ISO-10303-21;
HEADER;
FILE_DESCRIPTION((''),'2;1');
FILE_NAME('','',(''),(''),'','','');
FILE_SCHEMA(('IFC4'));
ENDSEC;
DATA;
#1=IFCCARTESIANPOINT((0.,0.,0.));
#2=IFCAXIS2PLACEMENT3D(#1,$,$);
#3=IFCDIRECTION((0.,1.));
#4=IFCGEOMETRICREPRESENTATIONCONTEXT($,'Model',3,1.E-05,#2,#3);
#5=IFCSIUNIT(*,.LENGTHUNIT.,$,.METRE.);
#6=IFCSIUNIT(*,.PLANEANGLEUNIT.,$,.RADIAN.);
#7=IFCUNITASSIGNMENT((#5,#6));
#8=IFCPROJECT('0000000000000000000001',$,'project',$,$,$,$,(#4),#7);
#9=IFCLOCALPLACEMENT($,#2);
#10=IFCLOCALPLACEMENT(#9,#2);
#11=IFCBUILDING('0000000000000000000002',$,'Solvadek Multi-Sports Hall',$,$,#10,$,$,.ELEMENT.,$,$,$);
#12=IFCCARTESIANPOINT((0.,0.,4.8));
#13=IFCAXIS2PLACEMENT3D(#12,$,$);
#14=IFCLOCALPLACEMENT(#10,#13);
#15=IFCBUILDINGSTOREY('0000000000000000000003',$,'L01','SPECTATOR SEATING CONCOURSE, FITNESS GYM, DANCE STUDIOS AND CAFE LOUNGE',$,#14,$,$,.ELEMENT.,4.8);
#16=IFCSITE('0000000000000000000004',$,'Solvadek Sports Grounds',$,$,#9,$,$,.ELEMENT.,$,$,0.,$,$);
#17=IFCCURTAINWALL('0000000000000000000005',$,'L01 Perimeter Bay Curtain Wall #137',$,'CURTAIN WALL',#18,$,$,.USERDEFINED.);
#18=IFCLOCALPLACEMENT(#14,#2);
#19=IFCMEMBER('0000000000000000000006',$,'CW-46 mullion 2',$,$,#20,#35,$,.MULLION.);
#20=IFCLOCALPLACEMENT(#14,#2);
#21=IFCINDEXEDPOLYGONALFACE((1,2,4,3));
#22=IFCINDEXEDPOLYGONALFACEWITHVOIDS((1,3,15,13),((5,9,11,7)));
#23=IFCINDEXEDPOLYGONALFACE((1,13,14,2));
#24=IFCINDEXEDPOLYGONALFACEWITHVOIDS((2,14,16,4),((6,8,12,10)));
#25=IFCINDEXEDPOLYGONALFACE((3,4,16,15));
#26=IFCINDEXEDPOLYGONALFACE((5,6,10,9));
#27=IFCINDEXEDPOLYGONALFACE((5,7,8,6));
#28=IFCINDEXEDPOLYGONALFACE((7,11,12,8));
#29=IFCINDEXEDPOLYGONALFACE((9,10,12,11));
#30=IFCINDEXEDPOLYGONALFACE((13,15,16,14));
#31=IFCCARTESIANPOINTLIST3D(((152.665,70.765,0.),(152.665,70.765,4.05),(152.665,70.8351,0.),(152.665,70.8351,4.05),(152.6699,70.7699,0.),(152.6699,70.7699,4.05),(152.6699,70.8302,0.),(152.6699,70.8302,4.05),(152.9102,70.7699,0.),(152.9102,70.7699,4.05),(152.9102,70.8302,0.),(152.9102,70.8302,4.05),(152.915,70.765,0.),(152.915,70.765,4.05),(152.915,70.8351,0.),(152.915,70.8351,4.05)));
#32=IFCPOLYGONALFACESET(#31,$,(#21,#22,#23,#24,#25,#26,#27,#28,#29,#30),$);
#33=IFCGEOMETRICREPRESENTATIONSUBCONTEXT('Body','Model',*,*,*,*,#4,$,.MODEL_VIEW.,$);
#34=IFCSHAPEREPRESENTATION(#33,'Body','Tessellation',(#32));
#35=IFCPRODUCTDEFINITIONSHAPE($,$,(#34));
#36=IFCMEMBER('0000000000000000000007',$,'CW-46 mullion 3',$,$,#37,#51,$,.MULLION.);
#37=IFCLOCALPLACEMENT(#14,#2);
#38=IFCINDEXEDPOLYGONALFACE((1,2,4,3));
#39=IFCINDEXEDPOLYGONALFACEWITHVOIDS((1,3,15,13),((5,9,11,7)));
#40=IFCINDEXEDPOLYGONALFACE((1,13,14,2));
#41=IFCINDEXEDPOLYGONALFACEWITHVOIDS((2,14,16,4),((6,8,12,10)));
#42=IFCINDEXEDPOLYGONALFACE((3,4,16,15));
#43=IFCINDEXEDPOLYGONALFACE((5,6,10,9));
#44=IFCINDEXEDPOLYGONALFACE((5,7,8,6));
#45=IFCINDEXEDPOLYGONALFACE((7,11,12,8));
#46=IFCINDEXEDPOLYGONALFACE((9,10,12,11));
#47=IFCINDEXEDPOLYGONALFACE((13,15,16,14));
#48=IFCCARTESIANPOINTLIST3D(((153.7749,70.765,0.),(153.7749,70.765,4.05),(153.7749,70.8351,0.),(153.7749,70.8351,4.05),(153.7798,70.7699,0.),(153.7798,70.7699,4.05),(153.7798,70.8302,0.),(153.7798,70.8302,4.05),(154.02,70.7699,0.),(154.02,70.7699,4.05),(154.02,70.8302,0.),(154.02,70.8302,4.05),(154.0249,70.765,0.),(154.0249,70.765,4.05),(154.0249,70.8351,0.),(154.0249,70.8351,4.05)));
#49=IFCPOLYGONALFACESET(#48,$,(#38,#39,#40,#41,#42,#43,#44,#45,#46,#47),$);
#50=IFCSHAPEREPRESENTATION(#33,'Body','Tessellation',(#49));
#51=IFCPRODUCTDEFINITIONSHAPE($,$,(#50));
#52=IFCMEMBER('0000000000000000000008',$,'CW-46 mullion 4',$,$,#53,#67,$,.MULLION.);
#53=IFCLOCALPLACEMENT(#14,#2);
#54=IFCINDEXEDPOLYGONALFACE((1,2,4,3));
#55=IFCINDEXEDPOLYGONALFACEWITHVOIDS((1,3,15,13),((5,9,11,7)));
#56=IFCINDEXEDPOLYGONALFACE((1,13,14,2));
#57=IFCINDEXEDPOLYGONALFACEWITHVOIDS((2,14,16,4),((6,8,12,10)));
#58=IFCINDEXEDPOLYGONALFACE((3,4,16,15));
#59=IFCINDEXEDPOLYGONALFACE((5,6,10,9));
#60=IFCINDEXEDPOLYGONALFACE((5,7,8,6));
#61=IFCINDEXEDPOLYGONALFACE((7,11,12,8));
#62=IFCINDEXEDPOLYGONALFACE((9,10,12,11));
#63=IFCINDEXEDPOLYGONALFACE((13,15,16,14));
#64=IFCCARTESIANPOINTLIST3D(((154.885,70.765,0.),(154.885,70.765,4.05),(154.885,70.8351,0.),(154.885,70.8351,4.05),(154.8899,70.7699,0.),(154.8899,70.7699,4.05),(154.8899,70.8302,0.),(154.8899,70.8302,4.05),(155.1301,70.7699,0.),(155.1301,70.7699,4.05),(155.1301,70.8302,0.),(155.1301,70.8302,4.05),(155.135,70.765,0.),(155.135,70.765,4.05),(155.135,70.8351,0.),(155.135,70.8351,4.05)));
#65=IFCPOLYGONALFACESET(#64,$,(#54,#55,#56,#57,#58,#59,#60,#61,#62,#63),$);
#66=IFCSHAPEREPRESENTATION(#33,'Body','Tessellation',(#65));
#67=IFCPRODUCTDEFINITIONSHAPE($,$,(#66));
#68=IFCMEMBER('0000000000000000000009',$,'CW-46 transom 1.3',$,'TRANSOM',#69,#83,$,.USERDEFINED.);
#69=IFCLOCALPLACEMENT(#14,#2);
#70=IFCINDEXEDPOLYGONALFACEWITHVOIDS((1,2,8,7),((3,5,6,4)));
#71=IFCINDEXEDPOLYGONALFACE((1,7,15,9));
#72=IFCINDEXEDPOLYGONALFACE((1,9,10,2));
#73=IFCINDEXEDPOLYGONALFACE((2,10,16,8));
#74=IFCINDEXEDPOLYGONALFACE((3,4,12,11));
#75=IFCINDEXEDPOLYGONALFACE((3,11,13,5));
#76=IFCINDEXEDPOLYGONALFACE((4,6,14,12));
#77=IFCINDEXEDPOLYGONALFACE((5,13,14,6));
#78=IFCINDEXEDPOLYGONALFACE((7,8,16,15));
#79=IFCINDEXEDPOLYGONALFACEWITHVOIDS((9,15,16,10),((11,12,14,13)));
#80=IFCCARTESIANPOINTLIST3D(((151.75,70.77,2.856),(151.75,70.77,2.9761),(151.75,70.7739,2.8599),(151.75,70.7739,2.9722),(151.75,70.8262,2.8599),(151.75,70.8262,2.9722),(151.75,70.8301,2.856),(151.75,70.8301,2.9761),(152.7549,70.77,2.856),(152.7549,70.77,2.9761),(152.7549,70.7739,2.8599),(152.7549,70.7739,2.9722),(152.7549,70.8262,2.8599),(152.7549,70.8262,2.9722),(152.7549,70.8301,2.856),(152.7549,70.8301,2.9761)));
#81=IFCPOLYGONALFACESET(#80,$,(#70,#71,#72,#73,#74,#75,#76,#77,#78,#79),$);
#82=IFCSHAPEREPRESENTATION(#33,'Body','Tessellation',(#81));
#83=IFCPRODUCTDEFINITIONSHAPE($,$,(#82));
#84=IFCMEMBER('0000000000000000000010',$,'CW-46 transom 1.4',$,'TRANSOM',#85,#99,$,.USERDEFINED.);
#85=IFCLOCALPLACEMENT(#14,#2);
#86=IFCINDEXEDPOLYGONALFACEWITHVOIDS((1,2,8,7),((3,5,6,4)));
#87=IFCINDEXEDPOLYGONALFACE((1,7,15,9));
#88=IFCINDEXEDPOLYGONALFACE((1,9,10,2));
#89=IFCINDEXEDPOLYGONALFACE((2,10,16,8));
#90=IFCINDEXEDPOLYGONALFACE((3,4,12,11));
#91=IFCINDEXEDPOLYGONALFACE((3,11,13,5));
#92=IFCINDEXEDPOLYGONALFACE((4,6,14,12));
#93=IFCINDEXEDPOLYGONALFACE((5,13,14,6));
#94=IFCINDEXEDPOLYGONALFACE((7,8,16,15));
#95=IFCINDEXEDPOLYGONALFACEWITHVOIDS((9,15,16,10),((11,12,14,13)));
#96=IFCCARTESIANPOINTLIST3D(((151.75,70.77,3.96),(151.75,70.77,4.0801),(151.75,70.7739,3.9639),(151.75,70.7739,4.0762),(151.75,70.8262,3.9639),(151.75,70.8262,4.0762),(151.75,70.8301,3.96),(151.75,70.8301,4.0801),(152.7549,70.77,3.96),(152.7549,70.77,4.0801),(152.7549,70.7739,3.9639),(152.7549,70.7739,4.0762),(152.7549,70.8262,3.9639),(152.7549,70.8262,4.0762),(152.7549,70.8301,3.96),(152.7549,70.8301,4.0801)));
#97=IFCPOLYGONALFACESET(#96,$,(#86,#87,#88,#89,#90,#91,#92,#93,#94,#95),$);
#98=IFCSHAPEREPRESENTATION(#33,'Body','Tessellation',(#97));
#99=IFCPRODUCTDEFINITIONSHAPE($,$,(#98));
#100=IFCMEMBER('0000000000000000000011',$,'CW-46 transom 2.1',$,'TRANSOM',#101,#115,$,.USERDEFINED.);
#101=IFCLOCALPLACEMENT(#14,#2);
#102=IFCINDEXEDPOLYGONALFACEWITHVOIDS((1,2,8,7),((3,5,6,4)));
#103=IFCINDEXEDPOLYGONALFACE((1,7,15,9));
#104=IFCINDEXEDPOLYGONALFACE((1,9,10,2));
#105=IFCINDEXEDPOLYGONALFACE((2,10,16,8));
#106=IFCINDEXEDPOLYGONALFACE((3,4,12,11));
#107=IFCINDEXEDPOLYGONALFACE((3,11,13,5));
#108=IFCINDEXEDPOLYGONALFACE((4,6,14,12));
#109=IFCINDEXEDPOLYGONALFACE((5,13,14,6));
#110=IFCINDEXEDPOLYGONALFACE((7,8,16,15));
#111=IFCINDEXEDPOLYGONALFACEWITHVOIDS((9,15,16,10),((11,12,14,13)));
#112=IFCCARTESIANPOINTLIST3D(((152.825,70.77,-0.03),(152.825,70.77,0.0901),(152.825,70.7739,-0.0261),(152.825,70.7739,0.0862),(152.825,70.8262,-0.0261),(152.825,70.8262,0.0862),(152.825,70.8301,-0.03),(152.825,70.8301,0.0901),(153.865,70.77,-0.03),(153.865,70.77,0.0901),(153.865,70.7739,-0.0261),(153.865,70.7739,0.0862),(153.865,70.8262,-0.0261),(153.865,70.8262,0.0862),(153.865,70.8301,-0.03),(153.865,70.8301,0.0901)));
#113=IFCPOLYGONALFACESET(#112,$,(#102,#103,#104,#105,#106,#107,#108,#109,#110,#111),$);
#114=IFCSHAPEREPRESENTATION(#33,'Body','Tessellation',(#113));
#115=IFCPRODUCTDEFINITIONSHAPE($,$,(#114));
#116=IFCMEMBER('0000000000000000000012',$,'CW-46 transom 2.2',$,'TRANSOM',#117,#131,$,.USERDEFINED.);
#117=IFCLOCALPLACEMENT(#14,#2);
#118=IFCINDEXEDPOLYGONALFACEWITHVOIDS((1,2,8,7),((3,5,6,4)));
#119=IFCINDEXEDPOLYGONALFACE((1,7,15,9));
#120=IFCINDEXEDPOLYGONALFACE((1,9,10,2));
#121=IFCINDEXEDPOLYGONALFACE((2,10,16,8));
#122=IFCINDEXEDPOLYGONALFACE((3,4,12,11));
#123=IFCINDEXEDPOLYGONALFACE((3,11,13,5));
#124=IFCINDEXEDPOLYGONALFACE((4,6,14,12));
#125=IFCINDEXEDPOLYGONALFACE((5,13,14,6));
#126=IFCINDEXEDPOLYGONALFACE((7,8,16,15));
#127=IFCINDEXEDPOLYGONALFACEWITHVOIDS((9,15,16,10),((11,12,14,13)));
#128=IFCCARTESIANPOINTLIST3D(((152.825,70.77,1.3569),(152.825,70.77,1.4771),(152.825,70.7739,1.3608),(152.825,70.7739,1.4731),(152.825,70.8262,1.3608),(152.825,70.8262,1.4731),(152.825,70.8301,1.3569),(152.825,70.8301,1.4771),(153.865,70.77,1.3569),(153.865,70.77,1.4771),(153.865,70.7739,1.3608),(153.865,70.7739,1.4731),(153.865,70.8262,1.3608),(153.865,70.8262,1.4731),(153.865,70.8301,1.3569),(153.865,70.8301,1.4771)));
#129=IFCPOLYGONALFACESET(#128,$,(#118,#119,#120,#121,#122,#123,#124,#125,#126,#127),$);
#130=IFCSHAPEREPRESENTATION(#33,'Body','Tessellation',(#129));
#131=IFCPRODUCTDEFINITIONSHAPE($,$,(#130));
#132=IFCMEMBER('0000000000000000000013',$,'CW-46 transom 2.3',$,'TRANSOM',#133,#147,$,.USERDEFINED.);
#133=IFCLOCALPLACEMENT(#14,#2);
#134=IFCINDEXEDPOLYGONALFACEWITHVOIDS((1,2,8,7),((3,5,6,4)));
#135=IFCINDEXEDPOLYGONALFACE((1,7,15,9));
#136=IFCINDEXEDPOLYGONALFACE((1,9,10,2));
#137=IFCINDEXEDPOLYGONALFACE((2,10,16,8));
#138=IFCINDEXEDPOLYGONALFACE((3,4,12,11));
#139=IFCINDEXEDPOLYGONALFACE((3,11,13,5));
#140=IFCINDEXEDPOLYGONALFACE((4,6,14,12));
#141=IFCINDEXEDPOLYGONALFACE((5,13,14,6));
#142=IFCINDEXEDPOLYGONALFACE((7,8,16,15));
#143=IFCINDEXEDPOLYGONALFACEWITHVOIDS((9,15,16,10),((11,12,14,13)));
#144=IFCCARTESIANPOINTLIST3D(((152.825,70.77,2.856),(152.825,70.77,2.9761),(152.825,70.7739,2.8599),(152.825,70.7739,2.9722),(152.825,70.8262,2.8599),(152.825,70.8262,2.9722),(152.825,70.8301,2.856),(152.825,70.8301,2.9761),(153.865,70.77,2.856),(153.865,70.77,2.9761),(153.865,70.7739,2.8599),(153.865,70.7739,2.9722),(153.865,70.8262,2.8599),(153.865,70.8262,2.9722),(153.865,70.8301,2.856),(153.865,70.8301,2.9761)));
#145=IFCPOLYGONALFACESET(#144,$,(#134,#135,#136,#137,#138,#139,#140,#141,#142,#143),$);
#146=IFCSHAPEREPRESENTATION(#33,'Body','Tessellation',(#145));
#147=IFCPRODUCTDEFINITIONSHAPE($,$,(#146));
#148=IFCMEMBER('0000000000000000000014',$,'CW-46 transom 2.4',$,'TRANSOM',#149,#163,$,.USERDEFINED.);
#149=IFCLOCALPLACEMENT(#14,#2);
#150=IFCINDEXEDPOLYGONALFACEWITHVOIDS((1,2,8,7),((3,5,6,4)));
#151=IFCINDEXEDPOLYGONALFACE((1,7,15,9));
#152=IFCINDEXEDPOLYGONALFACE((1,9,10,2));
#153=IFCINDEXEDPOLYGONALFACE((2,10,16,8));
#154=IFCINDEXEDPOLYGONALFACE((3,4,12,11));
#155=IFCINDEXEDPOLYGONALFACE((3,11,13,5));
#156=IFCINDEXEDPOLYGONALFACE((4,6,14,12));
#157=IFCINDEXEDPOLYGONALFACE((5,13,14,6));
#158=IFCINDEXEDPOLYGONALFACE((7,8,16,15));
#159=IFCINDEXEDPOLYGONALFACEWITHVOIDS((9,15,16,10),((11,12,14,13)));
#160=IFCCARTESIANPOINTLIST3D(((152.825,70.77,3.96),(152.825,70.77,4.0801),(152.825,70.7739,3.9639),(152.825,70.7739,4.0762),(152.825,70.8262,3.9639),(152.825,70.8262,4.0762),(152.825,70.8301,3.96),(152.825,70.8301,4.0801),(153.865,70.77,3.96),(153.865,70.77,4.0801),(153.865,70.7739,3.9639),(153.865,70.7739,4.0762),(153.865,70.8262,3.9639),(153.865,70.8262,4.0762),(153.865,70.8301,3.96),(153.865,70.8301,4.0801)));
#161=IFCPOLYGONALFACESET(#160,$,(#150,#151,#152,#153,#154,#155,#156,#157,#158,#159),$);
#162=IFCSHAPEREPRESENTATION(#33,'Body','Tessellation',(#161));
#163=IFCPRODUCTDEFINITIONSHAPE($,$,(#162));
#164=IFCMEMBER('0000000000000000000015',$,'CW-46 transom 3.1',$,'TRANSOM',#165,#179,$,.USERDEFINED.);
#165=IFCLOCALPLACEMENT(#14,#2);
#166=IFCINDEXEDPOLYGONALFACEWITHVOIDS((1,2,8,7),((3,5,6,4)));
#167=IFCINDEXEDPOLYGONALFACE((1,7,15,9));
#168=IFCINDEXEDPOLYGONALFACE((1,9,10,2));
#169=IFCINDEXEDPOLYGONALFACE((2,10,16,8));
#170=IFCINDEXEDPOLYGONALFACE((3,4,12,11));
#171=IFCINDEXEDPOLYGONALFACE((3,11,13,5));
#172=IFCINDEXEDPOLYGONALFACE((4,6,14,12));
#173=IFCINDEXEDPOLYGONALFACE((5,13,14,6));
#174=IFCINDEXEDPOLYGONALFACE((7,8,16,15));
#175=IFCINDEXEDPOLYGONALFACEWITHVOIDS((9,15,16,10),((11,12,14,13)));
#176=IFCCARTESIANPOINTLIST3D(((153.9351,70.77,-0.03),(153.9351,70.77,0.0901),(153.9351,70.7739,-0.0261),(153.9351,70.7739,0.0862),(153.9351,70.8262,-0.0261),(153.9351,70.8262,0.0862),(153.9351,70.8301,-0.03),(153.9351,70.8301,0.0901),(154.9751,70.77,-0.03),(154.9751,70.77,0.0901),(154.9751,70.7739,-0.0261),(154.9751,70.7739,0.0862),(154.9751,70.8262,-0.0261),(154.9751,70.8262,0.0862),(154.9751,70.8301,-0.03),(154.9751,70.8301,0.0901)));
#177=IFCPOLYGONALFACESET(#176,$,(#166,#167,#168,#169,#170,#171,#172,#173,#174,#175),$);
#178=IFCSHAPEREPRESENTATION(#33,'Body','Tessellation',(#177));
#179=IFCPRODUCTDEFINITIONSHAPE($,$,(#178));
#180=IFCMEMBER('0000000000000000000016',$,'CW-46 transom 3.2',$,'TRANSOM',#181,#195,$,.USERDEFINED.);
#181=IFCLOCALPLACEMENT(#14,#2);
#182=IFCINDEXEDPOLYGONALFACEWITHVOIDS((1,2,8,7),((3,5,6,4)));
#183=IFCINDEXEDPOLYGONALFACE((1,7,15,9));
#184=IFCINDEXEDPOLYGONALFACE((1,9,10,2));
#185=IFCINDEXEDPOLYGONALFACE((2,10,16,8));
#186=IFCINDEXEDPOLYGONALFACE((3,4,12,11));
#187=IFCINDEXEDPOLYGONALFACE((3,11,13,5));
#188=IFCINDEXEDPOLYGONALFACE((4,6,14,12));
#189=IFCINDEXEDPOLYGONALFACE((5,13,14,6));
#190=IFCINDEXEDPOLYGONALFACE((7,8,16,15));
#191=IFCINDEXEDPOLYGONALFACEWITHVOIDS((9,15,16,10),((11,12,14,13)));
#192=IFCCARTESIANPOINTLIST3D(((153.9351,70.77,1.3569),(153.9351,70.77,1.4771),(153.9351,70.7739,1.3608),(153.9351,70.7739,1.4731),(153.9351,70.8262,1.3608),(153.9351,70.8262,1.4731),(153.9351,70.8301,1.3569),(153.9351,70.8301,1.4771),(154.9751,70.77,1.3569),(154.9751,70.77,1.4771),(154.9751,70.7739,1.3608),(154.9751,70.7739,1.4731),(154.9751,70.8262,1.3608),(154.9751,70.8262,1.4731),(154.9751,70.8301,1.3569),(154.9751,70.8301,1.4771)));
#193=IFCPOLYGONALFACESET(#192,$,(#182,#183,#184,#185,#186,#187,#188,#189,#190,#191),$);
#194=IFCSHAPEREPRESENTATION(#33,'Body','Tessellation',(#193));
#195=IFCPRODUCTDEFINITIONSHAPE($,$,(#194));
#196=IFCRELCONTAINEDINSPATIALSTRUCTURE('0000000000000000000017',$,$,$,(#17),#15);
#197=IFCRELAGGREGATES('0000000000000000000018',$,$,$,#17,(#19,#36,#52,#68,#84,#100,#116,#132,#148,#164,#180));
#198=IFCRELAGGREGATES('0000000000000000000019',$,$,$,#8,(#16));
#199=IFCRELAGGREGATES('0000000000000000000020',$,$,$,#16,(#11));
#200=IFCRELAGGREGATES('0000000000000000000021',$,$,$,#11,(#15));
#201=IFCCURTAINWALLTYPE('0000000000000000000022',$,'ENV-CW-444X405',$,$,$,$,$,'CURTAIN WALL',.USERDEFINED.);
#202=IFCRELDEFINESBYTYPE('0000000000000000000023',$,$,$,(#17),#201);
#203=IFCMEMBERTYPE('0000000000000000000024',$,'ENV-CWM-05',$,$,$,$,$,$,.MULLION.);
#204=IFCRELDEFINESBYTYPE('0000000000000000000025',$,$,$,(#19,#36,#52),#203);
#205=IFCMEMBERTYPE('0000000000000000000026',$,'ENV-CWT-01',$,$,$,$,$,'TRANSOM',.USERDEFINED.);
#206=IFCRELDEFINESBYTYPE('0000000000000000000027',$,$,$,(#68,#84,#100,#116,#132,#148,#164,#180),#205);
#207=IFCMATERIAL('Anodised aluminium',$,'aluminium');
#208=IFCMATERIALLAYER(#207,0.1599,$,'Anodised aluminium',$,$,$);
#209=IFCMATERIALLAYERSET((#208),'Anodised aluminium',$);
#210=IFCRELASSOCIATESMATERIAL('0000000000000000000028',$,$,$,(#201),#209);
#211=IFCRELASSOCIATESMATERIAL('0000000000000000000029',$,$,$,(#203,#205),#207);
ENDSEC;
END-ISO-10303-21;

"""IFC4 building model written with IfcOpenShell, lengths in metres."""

from ifc_helpers import new_model, si_unit, direction, frame, origin, origin_2d, place, context, subcontext, project, spatial, hollow_rectangle, extrude, material, layer, layer_set, material_profile, profile_set, type_object, element, aggregate, save


model = new_model("IFC4")

# Units and contexts
model_context = context("Model", 3, precision=1e-05, world=origin(), true_north=direction((0.0, 1.0)))
body_context = subcontext(model_context, "Body", "Model", "MODEL_VIEW")
ifc_project = project(units=[si_unit("LENGTHUNIT", "METRE"), si_unit("PLANEANGLEUNIT", "RADIAN")], contexts=[model_context])

# Site, building, storey
site_placement = place(None, origin())
site = spatial("IfcSite", under=ifc_project, at=site_placement, Name="Solvadek Sports Grounds", CompositionType="ELEMENT", RefElevation=0.0)
building_placement = place(site_placement, origin())
building = spatial("IfcBuilding", under=site, at=building_placement, Name="Solvadek Multi-Sports Hall", CompositionType="ELEMENT")
storey_placement = place(building_placement, frame((0.0, 0.0, 4.8)))
storey = spatial("IfcBuildingStorey", under=building, at=storey_placement, Name="L01", Description="SPECTATOR SEATING CONCOURSE, FITNESS GYM, DANCE STUDIOS AND CAFE LOUNGE", CompositionType="ELEMENT", Elevation=4.8)

# Curtain wall, members
ifc_material_1 = material(Name="Anodised aluminium", Category="aluminium")
ifc_layer_1 = layer(ifc_material_1, 0.1599, Name="Anodised aluminium")
ifc_layer_set_1 = layer_set([ifc_layer_1], Name="Anodised aluminium")
curtain_wall_type = type_object("IfcCurtainWallType", Name="ENV-CW-444X405", ElementType="CURTAIN WALL", PredefinedType="USERDEFINED", material=ifc_layer_set_1)
curtain_wall_placement = place(storey_placement, origin())
curtain_wall = element("IfcCurtainWall", 1, at=curtain_wall_placement, inside=storey, type_object=curtain_wall_type, Name="L01 Perimeter Bay Curtain Wall #137", ObjectType="CURTAIN WALL", PredefinedType="USERDEFINED")
ifc_material_profile_1 = material_profile(ifc_material_1, hollow_rectangle(XDim=0.0701, YDim=0.25, WallThickness=0.0049, at=origin_2d()), Name="ALU-M 250x70x5")
ifc_profile_set_1 = profile_set([ifc_material_profile_1], Name="Anodised aluminium")
member_type_1 = type_object("IfcMemberType", Name="ENV-CWM-05", PredefinedType="MULLION", material=ifc_profile_set_1)
member_1_placement = place(storey_placement, frame((152.79, 70.8, 0.0), z_axis=(0.0, 0.0, 1.0), x_axis=(0.0, 1.0, 0.0)))
member_1 = element("IfcMember", 2, at=member_1_placement, type_object=member_type_1, Name="CW-46 mullion 2", PredefinedType="MULLION", context=body_context, shape_type="SweptSolid", body=[
    extrude(hollow_rectangle(XDim=0.0701, YDim=0.25, WallThickness=0.0049, at=origin_2d()), origin(), (0.0, 0.0, 1.0), 4.05),
])
member_2_placement = place(storey_placement, frame((153.8999, 70.8, 0.0), z_axis=(0.0, 0.0, 1.0), x_axis=(0.0, 1.0, 0.0)))
member_2 = element("IfcMember", 3, at=member_2_placement, type_object=member_type_1, Name="CW-46 mullion 3", PredefinedType="MULLION", context=body_context, shape_type="SweptSolid", body=[
    extrude(hollow_rectangle(XDim=0.0701, YDim=0.25, WallThickness=0.0049, at=origin_2d()), origin(), (0.0, 0.0, 1.0), 4.05),
])
member_3_placement = place(storey_placement, frame((155.01, 70.8, 0.0), z_axis=(0.0, 0.0, 1.0), x_axis=(0.0, 1.0, 0.0)))
member_3 = element("IfcMember", 4, at=member_3_placement, type_object=member_type_1, Name="CW-46 mullion 4", PredefinedType="MULLION", context=body_context, shape_type="SweptSolid", body=[
    extrude(hollow_rectangle(XDim=0.0701, YDim=0.25, WallThickness=0.0049, at=origin_2d()), origin(), (0.0, 0.0, 1.0), 4.05),
])
ifc_material_profile_2 = material_profile(ifc_material_1, hollow_rectangle(XDim=0.0601, YDim=0.1201, WallThickness=0.0039, at=origin_2d()), Name="ALU-T 120x60x4")
ifc_profile_set_2 = profile_set([ifc_material_profile_2], Name="Anodised aluminium")
member_type_2 = type_object("IfcMemberType", Name="ENV-CWT-01", ElementType="TRANSOM", PredefinedType="USERDEFINED", material=ifc_profile_set_2)
member_4_placement = place(storey_placement, frame((151.75, 70.8, 2.916), z_axis=(1.0, 0.0, 0.0), x_axis=(0.0, 1.0, 0.0)))
member_4 = element("IfcMember", 5, at=member_4_placement, type_object=member_type_2, Name="CW-46 transom 1.3", ObjectType="TRANSOM", PredefinedType="USERDEFINED", context=body_context, shape_type="SweptSolid", body=[
    extrude(hollow_rectangle(XDim=0.0601, YDim=0.1201, WallThickness=0.0039, at=origin_2d()), origin(), (0.0, 0.0, 1.0), 1.0049),
])
member_5_placement = place(storey_placement, frame((151.75, 70.8, 4.02), z_axis=(1.0, 0.0, 0.0), x_axis=(0.0, 1.0, 0.0)))
member_5 = element("IfcMember", 6, at=member_5_placement, type_object=member_type_2, Name="CW-46 transom 1.4", ObjectType="TRANSOM", PredefinedType="USERDEFINED", context=body_context, shape_type="SweptSolid", body=[
    extrude(hollow_rectangle(XDim=0.0601, YDim=0.1201, WallThickness=0.0039, at=origin_2d()), origin(), (0.0, 0.0, 1.0), 1.0049),
])
member_6_placement = place(storey_placement, frame((152.825, 70.8, 0.03), z_axis=(1.0, 0.0, 0.0), x_axis=(0.0, 1.0, 0.0)))
member_6 = element("IfcMember", 7, at=member_6_placement, type_object=member_type_2, Name="CW-46 transom 2.1", ObjectType="TRANSOM", PredefinedType="USERDEFINED", context=body_context, shape_type="SweptSolid", body=[
    extrude(hollow_rectangle(XDim=0.0601, YDim=0.1201, WallThickness=0.0039, at=origin_2d()), origin(), (0.0, 0.0, 1.0), 1.04),
])
member_7_placement = place(storey_placement, frame((152.825, 70.8, 1.417), z_axis=(1.0, 0.0, 0.0), x_axis=(0.0, 1.0, 0.0)))
member_7 = element("IfcMember", 8, at=member_7_placement, type_object=member_type_2, Name="CW-46 transom 2.2", ObjectType="TRANSOM", PredefinedType="USERDEFINED", context=body_context, shape_type="SweptSolid", body=[
    extrude(hollow_rectangle(XDim=0.0601, YDim=0.1201, WallThickness=0.0039, at=origin_2d()), origin(), (0.0, 0.0, 1.0), 1.04),
])
member_8_placement = place(storey_placement, frame((152.825, 70.8, 2.916), z_axis=(1.0, 0.0, 0.0), x_axis=(0.0, 1.0, 0.0)))
member_8 = element("IfcMember", 9, at=member_8_placement, type_object=member_type_2, Name="CW-46 transom 2.3", ObjectType="TRANSOM", PredefinedType="USERDEFINED", context=body_context, shape_type="SweptSolid", body=[
    extrude(hollow_rectangle(XDim=0.0601, YDim=0.1201, WallThickness=0.0039, at=origin_2d()), origin(), (0.0, 0.0, 1.0), 1.04),
])
member_9_placement = place(storey_placement, frame((152.825, 70.8, 4.02), z_axis=(1.0, 0.0, 0.0), x_axis=(0.0, 1.0, 0.0)))
member_9 = element("IfcMember", 10, at=member_9_placement, type_object=member_type_2, Name="CW-46 transom 2.4", ObjectType="TRANSOM", PredefinedType="USERDEFINED", context=body_context, shape_type="SweptSolid", body=[
    extrude(hollow_rectangle(XDim=0.0601, YDim=0.1201, WallThickness=0.0039, at=origin_2d()), origin(), (0.0, 0.0, 1.0), 1.04),
])
member_10_placement = place(storey_placement, frame((153.9351, 70.8, 0.03), z_axis=(1.0, 0.0, 0.0), x_axis=(0.0, 1.0, 0.0)))
member_10 = element("IfcMember", 11, at=member_10_placement, type_object=member_type_2, Name="CW-46 transom 3.1", ObjectType="TRANSOM", PredefinedType="USERDEFINED", context=body_context, shape_type="SweptSolid", body=[
    extrude(hollow_rectangle(XDim=0.0601, YDim=0.1201, WallThickness=0.0039, at=origin_2d()), origin(), (0.0, 0.0, 1.0), 1.04),
])
member_11_placement = place(storey_placement, frame((153.9351, 70.8, 1.417), z_axis=(1.0, 0.0, 0.0), x_axis=(0.0, 1.0, 0.0)))
member_11 = element("IfcMember", 12, at=member_11_placement, type_object=member_type_2, Name="CW-46 transom 3.2", ObjectType="TRANSOM", PredefinedType="USERDEFINED", context=body_context, shape_type="SweptSolid", body=[
    extrude(hollow_rectangle(XDim=0.0601, YDim=0.1201, WallThickness=0.0039, at=origin_2d()), origin(), (0.0, 0.0, 1.0), 1.04),
])
aggregate(curtain_wall, [member_1, member_2, member_3, member_4, member_5, member_6, member_7, member_8, member_9, member_10, member_11])

save(model, "model.ifc")
